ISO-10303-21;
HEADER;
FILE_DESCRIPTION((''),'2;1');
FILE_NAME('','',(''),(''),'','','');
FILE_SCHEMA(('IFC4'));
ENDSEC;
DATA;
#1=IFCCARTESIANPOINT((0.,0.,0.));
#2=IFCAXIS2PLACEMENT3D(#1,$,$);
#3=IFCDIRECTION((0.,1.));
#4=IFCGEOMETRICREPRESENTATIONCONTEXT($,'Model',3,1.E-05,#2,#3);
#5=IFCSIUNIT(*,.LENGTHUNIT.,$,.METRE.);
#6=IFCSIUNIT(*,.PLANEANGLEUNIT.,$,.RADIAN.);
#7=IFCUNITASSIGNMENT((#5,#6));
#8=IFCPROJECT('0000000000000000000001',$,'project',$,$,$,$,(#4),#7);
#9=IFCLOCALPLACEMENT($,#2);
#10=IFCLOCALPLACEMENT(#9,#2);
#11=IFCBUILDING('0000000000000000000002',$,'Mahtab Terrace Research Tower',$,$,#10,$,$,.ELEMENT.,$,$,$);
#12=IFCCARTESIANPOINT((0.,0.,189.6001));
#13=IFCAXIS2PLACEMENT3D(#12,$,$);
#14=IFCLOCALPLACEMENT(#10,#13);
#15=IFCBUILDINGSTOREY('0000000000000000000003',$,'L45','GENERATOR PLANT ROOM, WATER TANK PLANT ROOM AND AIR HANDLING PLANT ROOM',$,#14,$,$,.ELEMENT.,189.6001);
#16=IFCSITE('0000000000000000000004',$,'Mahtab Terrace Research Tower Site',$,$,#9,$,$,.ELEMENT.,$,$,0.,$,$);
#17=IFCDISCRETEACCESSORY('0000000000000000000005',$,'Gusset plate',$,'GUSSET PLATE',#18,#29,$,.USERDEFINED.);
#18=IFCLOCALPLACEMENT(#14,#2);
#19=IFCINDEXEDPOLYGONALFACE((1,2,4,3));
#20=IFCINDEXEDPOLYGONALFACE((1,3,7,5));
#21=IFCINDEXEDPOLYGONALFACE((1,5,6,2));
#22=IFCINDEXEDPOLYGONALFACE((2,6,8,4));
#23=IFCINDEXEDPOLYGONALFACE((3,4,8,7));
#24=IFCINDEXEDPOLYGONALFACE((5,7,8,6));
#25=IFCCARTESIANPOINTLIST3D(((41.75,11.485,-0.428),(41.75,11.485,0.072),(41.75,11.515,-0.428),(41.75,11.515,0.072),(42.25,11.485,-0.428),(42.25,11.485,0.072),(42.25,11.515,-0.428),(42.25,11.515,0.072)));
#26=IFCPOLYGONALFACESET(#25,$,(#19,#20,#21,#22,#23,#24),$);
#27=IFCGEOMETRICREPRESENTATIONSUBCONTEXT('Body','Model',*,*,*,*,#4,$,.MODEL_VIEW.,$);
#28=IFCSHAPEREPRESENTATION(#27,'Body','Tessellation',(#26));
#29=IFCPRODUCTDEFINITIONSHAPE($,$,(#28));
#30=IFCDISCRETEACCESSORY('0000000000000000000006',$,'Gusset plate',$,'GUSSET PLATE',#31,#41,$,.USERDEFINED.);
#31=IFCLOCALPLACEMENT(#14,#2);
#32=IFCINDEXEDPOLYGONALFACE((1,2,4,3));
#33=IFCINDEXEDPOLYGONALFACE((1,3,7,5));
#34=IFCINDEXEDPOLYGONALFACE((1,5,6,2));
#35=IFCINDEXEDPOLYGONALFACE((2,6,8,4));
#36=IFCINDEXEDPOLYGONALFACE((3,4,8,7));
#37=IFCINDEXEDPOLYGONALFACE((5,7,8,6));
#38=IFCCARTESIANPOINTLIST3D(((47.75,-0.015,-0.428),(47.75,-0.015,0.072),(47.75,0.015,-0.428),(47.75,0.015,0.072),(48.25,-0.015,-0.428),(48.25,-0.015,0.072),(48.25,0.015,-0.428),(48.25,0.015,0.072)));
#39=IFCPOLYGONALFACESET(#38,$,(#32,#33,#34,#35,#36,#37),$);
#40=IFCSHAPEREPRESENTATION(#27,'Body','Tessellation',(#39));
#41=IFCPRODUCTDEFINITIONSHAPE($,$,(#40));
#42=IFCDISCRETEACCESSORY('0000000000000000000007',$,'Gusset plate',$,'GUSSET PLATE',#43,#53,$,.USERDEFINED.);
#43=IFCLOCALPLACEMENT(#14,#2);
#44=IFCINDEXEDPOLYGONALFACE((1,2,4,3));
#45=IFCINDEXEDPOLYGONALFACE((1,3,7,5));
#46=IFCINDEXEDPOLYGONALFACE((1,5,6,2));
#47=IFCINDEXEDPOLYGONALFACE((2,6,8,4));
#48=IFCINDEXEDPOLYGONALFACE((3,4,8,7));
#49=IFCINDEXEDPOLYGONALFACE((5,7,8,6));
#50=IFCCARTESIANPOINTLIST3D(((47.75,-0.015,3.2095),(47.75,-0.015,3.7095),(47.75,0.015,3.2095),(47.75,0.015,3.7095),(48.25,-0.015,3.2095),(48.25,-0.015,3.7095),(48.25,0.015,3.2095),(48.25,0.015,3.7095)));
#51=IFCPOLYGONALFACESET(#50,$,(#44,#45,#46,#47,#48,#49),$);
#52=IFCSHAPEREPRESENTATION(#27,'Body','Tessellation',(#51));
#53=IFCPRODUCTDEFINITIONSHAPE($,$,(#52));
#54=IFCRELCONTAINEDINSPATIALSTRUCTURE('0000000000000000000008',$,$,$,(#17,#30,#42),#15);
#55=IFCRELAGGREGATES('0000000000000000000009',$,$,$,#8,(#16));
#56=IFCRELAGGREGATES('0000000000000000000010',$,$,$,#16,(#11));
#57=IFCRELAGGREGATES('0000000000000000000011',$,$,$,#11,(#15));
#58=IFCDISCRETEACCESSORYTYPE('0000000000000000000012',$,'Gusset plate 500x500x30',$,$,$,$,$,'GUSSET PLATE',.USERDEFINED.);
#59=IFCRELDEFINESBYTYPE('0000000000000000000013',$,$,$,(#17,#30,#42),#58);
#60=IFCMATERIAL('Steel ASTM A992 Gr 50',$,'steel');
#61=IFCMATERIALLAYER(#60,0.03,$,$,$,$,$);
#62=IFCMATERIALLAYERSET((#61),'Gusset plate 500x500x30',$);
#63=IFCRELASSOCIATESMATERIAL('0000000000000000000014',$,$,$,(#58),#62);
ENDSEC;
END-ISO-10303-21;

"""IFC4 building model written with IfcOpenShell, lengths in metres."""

from ifc_helpers import new_model, si_unit, direction, frame, origin, origin_2d, place, context, subcontext, project, spatial, rectangle, extrude, material, layer, layer_set, type_object, element, save


model = new_model("IFC4")

# Units and contexts
model_context = context("Model", 3, precision=1e-05, world=origin(), true_north=direction((0.0, 1.0)))
body_context = subcontext(model_context, "Body", "Model", "MODEL_VIEW")
ifc_project = project(units=[si_unit("LENGTHUNIT", "METRE"), si_unit("PLANEANGLEUNIT", "RADIAN")], contexts=[model_context])

# Site, building, storey
site_placement = place(None, origin())
site = spatial("IfcSite", under=ifc_project, at=site_placement, Name="Mahtab Terrace Research Tower Site", CompositionType="ELEMENT", RefElevation=0.0)
building_placement = place(site_placement, origin())
building = spatial("IfcBuilding", under=site, at=building_placement, Name="Mahtab Terrace Research Tower", CompositionType="ELEMENT")
storey_placement = place(building_placement, frame((0.0, 0.0, 189.6001)))
storey = spatial("IfcBuildingStorey", under=building, at=storey_placement, Name="L45", Description="GENERATOR PLANT ROOM, WATER TANK PLANT ROOM AND AIR HANDLING PLANT ROOM", CompositionType="ELEMENT", Elevation=189.6001)

# Shared definitions
ifc_material_1 = material(Name="Steel ASTM A992 Gr 50", Category="steel")

# Discrete accessories
ifc_layer_1 = layer(ifc_material_1, 0.03)
ifc_layer_set_1 = layer_set([ifc_layer_1], Name="Gusset plate 500x500x30")
discrete_accessory_type = type_object("IfcDiscreteAccessoryType", Name="Gusset plate 500x500x30", ElementType="GUSSET PLATE", PredefinedType="USERDEFINED", material=ifc_layer_set_1)
for number, where, z_axis, x_axis, name in (
    (1, (42.0, 11.5, -0.428), (0.0, 0.0, 1.0), (1.0, 0.0, 0.0), "Gusset plate"),
    (2, (48.0, 0.0, -0.428), (0.0, 0.0, 1.0), (1.0, 0.0, 0.0), "Gusset plate"),
    (3, (48.0, 0.0, 3.2095), (0.0, 0.0, 1.0), (1.0, 0.0, 0.0), "Gusset plate"),
):
    element("IfcDiscreteAccessory", number, at=place(storey_placement, frame(where, z_axis=z_axis, x_axis=x_axis)), inside=storey, type_object=discrete_accessory_type, Name=name, ObjectType="GUSSET PLATE", PredefinedType="USERDEFINED", context=body_context, shape_type="SweptSolid", body=[
        extrude(rectangle(XDim=0.5, YDim=0.03, at=origin_2d()), origin(), (0.0, 0.0, 1.0), 0.5),
    ])

save(model, "model.ifc")
